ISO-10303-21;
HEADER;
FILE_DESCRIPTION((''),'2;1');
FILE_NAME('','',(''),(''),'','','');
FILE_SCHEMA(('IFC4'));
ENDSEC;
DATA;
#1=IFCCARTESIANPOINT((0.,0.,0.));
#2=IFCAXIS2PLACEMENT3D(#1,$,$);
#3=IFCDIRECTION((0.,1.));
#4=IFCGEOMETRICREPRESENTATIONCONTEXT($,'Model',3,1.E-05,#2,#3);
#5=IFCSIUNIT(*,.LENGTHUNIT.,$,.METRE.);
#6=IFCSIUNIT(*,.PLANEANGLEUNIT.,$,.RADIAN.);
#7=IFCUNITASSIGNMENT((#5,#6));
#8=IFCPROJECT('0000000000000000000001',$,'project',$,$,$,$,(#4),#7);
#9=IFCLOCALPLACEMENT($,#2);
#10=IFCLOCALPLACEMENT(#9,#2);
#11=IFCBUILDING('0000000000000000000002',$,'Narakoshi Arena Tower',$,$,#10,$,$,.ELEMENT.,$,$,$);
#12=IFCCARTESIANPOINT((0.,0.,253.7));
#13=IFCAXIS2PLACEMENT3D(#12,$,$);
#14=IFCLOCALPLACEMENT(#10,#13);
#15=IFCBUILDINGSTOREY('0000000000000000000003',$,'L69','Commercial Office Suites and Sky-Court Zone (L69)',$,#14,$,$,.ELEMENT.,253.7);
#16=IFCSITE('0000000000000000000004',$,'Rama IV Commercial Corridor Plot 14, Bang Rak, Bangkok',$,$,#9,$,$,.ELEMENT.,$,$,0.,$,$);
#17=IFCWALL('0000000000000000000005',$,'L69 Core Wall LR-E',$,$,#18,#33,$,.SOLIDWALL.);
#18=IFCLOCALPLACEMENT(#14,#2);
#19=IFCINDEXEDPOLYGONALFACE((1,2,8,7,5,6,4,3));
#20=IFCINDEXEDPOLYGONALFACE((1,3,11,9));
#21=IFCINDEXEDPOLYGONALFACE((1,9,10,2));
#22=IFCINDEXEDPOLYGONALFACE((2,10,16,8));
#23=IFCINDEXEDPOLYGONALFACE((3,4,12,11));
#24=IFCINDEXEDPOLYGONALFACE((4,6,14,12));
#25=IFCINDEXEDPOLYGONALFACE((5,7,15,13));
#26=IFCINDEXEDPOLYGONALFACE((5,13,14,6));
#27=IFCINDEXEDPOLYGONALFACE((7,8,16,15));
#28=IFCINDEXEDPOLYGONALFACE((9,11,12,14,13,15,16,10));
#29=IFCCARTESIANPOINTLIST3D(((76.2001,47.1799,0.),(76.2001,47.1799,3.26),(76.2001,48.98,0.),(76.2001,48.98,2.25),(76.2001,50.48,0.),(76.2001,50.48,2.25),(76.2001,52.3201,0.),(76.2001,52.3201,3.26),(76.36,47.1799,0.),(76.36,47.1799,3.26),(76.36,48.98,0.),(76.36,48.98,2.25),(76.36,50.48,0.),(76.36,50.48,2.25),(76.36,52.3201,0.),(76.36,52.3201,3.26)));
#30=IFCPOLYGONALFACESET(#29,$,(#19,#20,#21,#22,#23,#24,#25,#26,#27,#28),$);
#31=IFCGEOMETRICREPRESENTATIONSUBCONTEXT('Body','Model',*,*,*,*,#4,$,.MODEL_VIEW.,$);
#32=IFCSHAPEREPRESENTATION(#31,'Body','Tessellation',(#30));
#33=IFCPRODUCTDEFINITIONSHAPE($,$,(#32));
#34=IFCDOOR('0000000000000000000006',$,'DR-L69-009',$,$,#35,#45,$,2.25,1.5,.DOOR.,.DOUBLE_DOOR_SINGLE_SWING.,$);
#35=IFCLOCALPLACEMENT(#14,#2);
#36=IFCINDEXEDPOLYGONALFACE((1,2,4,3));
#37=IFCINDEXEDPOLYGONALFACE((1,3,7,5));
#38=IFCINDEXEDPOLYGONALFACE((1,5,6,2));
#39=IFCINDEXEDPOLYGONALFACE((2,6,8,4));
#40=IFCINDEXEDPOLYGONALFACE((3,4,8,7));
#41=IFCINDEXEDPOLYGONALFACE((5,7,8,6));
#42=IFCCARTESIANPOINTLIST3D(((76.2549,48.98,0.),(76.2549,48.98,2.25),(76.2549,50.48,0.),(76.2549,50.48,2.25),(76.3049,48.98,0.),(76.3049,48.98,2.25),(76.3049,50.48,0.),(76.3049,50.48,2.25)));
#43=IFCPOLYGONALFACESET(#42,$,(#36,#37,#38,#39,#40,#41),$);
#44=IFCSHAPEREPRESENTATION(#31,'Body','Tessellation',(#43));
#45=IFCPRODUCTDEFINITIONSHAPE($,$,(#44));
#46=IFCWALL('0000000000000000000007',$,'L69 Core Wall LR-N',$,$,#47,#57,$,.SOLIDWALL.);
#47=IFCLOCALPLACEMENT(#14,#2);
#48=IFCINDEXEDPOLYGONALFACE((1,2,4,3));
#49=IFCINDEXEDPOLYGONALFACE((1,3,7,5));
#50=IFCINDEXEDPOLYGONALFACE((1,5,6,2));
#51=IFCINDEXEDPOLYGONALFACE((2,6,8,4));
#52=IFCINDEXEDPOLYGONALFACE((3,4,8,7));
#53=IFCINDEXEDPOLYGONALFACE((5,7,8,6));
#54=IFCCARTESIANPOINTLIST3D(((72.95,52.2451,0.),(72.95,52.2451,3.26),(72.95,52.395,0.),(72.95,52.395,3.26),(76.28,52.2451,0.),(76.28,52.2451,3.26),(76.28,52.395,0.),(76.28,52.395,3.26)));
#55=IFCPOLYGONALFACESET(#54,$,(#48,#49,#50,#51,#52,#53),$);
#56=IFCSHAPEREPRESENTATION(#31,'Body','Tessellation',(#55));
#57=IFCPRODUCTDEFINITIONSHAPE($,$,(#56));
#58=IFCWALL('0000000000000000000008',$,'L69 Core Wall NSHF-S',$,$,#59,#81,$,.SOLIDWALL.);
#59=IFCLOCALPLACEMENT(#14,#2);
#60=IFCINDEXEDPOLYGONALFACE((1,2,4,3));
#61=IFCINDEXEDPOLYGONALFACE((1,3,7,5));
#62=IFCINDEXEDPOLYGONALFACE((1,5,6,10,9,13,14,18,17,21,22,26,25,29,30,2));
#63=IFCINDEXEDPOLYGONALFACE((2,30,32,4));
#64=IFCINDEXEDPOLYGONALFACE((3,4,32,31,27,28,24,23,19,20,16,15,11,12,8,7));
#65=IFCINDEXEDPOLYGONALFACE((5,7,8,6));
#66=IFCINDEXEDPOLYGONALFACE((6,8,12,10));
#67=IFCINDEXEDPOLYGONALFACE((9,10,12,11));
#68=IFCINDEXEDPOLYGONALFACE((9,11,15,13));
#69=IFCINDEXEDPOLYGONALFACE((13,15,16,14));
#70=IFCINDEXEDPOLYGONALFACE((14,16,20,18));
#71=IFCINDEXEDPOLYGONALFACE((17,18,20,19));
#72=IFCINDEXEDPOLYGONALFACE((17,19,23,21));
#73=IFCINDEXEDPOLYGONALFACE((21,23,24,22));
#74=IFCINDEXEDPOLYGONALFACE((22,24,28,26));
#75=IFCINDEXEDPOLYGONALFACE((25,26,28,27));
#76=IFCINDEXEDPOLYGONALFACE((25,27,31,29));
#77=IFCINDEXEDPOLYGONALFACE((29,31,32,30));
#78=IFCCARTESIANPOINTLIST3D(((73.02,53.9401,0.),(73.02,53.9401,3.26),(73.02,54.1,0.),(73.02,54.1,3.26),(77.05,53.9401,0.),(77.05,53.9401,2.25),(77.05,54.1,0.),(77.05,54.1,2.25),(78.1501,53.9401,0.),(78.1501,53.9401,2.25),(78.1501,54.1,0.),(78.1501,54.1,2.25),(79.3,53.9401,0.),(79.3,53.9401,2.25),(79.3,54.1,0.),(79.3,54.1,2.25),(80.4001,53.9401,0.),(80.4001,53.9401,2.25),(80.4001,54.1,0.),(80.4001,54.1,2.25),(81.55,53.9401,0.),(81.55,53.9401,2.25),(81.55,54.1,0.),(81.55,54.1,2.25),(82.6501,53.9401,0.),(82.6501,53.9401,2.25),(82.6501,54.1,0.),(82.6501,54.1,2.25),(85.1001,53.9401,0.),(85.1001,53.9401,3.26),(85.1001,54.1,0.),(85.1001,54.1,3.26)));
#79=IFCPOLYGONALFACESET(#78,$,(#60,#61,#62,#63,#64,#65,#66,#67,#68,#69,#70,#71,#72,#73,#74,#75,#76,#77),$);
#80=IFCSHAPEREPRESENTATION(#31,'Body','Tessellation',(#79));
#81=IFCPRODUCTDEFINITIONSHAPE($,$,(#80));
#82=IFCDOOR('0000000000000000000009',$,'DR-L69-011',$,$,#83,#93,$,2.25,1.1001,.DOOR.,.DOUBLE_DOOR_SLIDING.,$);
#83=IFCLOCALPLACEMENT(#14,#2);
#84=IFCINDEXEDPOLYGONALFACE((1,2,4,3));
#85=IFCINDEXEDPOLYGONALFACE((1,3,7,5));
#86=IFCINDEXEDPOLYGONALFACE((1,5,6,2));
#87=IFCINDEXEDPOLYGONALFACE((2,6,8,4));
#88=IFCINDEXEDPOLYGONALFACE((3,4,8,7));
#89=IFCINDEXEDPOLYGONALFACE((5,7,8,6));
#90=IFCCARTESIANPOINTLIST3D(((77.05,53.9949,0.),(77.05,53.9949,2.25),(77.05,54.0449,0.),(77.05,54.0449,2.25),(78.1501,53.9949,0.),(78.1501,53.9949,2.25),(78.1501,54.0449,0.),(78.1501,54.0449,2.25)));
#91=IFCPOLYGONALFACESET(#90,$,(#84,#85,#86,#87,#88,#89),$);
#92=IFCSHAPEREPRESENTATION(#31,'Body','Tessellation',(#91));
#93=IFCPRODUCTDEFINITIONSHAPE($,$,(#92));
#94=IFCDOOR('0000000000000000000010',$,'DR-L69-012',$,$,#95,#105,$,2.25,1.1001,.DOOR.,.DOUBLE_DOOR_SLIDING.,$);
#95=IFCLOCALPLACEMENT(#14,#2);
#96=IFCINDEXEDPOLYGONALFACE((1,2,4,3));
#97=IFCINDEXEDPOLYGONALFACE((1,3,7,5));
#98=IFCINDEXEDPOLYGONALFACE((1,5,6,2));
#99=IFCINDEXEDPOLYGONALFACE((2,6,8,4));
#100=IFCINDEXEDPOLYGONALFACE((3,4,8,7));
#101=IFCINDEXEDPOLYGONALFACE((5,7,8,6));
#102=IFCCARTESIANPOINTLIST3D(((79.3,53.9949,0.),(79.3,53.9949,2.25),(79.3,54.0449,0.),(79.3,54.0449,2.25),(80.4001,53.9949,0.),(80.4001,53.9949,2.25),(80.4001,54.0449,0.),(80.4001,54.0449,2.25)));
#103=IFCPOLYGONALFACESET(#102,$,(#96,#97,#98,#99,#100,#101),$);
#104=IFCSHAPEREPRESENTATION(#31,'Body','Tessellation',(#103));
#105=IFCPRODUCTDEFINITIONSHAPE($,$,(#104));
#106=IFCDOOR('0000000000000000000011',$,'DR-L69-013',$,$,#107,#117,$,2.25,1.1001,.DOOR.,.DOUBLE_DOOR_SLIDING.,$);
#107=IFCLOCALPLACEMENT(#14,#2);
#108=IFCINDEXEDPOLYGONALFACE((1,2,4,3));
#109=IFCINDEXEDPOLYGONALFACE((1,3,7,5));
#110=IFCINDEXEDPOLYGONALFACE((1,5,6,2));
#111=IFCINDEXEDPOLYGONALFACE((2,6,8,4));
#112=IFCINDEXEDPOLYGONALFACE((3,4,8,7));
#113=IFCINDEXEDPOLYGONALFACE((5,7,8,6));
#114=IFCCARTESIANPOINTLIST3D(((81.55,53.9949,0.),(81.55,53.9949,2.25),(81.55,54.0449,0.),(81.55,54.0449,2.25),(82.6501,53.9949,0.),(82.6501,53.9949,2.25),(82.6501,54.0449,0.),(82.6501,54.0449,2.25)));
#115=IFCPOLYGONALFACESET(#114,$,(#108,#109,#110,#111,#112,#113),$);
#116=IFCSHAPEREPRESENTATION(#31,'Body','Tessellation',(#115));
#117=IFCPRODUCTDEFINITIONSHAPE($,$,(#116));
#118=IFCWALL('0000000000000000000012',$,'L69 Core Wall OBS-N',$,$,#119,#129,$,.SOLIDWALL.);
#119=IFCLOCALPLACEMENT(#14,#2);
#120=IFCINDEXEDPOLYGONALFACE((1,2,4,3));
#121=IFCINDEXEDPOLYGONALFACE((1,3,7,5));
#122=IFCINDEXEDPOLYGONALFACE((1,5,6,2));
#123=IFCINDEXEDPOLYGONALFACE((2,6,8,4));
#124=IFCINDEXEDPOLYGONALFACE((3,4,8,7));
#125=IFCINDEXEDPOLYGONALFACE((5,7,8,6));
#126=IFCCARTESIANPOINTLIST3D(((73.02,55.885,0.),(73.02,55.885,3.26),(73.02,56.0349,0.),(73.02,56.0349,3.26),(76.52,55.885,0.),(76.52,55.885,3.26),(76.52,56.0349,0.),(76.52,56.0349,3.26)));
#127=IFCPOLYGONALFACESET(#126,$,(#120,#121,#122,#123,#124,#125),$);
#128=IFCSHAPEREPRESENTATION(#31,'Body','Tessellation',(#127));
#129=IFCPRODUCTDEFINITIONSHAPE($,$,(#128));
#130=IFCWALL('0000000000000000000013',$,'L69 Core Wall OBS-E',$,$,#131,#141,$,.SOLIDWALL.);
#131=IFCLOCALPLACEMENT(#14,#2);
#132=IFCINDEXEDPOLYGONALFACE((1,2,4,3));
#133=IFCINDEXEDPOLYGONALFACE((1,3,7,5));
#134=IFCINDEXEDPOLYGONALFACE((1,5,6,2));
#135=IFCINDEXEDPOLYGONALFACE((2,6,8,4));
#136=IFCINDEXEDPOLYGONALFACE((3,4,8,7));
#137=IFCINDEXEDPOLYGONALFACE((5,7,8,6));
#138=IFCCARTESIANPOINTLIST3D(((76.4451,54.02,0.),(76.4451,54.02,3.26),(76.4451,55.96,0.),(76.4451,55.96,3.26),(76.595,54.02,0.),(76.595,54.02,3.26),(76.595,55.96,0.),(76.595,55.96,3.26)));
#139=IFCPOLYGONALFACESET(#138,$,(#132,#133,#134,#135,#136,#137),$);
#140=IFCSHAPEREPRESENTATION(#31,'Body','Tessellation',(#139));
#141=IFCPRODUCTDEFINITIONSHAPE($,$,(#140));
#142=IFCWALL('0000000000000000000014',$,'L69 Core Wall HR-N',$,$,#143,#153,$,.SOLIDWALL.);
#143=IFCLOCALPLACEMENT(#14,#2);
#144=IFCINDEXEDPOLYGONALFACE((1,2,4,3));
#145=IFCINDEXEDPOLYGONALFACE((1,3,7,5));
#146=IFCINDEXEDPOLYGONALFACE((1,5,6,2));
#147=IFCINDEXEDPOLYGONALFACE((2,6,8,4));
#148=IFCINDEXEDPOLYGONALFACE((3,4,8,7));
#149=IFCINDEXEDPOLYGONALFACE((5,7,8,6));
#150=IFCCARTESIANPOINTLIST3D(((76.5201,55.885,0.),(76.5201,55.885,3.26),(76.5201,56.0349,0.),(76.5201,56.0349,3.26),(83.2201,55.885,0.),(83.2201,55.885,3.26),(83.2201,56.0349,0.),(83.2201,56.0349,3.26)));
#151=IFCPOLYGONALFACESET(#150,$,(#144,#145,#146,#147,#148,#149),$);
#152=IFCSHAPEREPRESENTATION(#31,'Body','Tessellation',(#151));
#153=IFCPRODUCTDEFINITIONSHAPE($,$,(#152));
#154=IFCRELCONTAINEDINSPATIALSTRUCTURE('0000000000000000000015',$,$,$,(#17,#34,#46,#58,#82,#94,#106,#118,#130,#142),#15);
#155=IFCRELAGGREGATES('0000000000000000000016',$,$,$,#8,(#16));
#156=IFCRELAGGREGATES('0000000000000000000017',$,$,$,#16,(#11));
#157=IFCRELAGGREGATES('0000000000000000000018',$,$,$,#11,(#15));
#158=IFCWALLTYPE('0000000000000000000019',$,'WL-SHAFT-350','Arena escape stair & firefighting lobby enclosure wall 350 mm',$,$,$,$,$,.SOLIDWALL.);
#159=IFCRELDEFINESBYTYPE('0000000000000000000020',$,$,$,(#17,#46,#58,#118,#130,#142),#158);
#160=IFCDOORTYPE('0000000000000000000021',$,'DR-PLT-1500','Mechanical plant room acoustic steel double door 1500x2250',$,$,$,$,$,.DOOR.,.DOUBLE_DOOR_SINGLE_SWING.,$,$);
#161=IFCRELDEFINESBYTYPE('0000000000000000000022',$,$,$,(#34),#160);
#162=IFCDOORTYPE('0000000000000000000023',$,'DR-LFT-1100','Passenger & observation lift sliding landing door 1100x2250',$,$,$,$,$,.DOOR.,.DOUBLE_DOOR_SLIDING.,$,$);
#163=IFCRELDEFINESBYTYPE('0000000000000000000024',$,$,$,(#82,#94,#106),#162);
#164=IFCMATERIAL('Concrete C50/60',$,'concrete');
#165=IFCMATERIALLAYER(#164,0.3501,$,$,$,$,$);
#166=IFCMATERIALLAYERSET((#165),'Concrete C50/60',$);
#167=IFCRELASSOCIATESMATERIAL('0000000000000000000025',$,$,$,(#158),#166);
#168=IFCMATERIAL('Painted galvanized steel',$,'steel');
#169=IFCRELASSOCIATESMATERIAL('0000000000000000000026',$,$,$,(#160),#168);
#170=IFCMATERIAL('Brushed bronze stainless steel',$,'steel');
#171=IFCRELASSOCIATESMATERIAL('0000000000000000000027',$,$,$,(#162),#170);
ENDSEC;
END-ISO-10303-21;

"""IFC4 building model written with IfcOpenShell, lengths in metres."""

from ifc_helpers import new_model, si_unit, direction, frame, frame_2d, origin, place, context, subcontext, project, spatial, rectangle, extrude, material, layer, layer_set, type_object, element, fill, save


model = new_model("IFC4")

# Units and contexts
model_context = context("Model", 3, precision=1e-05, world=origin(), true_north=direction((0.0, 1.0)))
body_context = subcontext(model_context, "Body", "Model", "MODEL_VIEW")
ifc_project = project(units=[si_unit("LENGTHUNIT", "METRE"), si_unit("PLANEANGLEUNIT", "RADIAN")], contexts=[model_context])

# Site, building, storey
site_placement = place(None, origin())
site = spatial("IfcSite", under=ifc_project, at=site_placement, Name="Rama IV Commercial Corridor Plot 14, Bang Rak, Bangkok", CompositionType="ELEMENT", RefElevation=0.0)
building_placement = place(site_placement, origin())
building = spatial("IfcBuilding", under=site, at=building_placement, Name="Narakoshi Arena Tower", CompositionType="ELEMENT")
storey_placement = place(building_placement, frame((0.0, 0.0, 253.7)))
storey = spatial("IfcBuildingStorey", under=building, at=storey_placement, Name="L69", Description="Commercial Office Suites and Sky-Court Zone (L69)", CompositionType="ELEMENT", Elevation=253.7)

# Shared definitions
ifc_material_1 = material(Name="Concrete C50/60", Category="concrete")

# Shared definitions
ifc_layer_1 = layer(ifc_material_1, 0.3501)
ifc_layer_set_1 = layer_set([ifc_layer_1], Name="Concrete C50/60")
wall_type_1 = type_object("IfcWallType", Name="WL-SHAFT-350", Description="Arena escape stair & firefighting lobby enclosure wall 350 mm", PredefinedType="SOLIDWALL", material=ifc_layer_set_1)

# Wall, opening, door
wall_1_placement = place(storey_placement, frame((76.28, 47.1799, 0.0), z_axis=(0.0, 0.0, 1.0), x_axis=(0.0, 1.0, 0.0)))
wall_1 = element("IfcWall", 1, at=wall_1_placement, inside=storey, type_object=wall_type_1, Name="L69 Core Wall LR-E", PredefinedType="SOLIDWALL", context=body_context, shape_type="SweptSolid", body=[
    extrude(rectangle(XDim=5.1401, YDim=0.1599, at=frame_2d((2.5701, 0.0))), origin(), (0.0, 0.0, 1.0), 3.26),
])
opening_1_placement = place(wall_1_placement, frame((1.8, 0.0, 0.0)))
opening_1 = element("IfcOpeningElement", 2, at=opening_1_placement, cuts=wall_1, PredefinedType="OPENING", context=body_context, shape_type="SweptSolid", body=[
    extrude(rectangle(XDim=1.5, YDim=2.25, at=frame_2d((0.75, 1.125))), frame((0.0, 0.0898, 0.0), z_axis=(0.0, -1.0, 0.0), x_axis=(1.0, 0.0, 0.0)), (0.0, 0.0, 1.0), 0.1799),
])
ifc_material_2 = material(Name="Painted galvanized steel", Category="steel")
door_type_1 = type_object("IfcDoorType", Name="DR-PLT-1500", Description="Mechanical plant room acoustic steel double door 1500x2250", OperationType="DOUBLE_DOOR_SINGLE_SWING", PredefinedType="DOOR", material=ifc_material_2)
door_1_placement = place(opening_1_placement, frame((1.5, 0.0, 0.0), z_axis=(0.0, 0.0, 1.0), x_axis=(-1.0, 0.0, 0.0)))
door_1 = element("IfcDoor", 3, at=door_1_placement, inside=storey, type_object=door_type_1, Name="DR-L69-009", OperationType="DOUBLE_DOOR_SINGLE_SWING", OverallHeight=2.25, OverallWidth=1.5, PredefinedType="DOOR", context=body_context, shape_type="SweptSolid", body=[
    extrude(rectangle(XDim=1.5, YDim=2.25, at=frame_2d((0.75, 1.125))), frame((0.0, 0.0249, 0.0), z_axis=(0.0, -1.0, 0.0), x_axis=(1.0, 0.0, 0.0)), (0.0, 0.0, 1.0), 0.05),
])
fill(opening_1, door_1)

# Wall
wall_2_placement = place(storey_placement, frame((72.95, 52.3201, 0.0), z_axis=(0.0, 0.0, 1.0), x_axis=(1.0, 0.0, 0.0)))
element("IfcWall", 4, at=wall_2_placement, inside=storey, type_object=wall_type_1, Name="L69 Core Wall LR-N", PredefinedType="SOLIDWALL", context=body_context, shape_type="SweptSolid", body=[
    extrude(rectangle(XDim=3.3301, YDim=0.1499, at=frame_2d((1.665, 0.0))), origin(), (0.0, 0.0, 1.0), 3.26),
])

# Wall, openings, doors
wall_3_placement = place(storey_placement, frame((73.02, 54.02, 0.0), z_axis=(0.0, 0.0, 1.0), x_axis=(1.0, 0.0, 0.0)))
wall_3 = element("IfcWall", 5, at=wall_3_placement, inside=storey, type_object=wall_type_1, Name="L69 Core Wall NSHF-S", PredefinedType="SOLIDWALL", context=body_context, shape_type="SweptSolid", body=[
    extrude(rectangle(XDim=12.0801, YDim=0.1599, at=frame_2d((6.04, 0.0))), origin(), (0.0, 0.0, 1.0), 3.26),
])
opening_2_placement = place(wall_3_placement, frame((4.03, 0.0, 0.0)))
opening_2 = element("IfcOpeningElement", 6, at=opening_2_placement, cuts=wall_3, PredefinedType="OPENING", context=body_context, shape_type="SweptSolid", body=[
    extrude(rectangle(XDim=1.1001, YDim=2.25, at=frame_2d((0.55, 1.125))), frame((0.0, 0.0898, 0.0), z_axis=(0.0, -1.0, 0.0), x_axis=(1.0, 0.0, 0.0)), (0.0, 0.0, 1.0), 0.1799),
])
opening_3_placement = place(wall_3_placement, frame((6.28, 0.0, 0.0)))
opening_3 = element("IfcOpeningElement", 7, at=opening_3_placement, cuts=wall_3, PredefinedType="OPENING", context=body_context, shape_type="SweptSolid", body=[
    extrude(rectangle(XDim=1.1001, YDim=2.25, at=frame_2d((0.55, 1.125))), frame((0.0, 0.0898, 0.0), z_axis=(0.0, -1.0, 0.0), x_axis=(1.0, 0.0, 0.0)), (0.0, 0.0, 1.0), 0.1799),
])
opening_4_placement = place(wall_3_placement, frame((8.53, 0.0, 0.0)))
opening_4 = element("IfcOpeningElement", 8, at=opening_4_placement, cuts=wall_3, PredefinedType="OPENING", context=body_context, shape_type="SweptSolid", body=[
    extrude(rectangle(XDim=1.1001, YDim=2.25, at=frame_2d((0.55, 1.125))), frame((0.0, 0.0898, 0.0), z_axis=(0.0, -1.0, 0.0), x_axis=(1.0, 0.0, 0.0)), (0.0, 0.0, 1.0), 0.1799),
])
ifc_material_3 = material(Name="Brushed bronze stainless steel", Category="steel")
door_type_2 = type_object("IfcDoorType", Name="DR-LFT-1100", Description="Passenger & observation lift sliding landing door 1100x2250", OperationType="DOUBLE_DOOR_SLIDING", PredefinedType="DOOR", material=ifc_material_3)
door_2_placement = place(opening_2_placement, origin())
door_2 = element("IfcDoor", 9, at=door_2_placement, inside=storey, type_object=door_type_2, Name="DR-L69-011", OperationType="DOUBLE_DOOR_SLIDING", OverallHeight=2.25, OverallWidth=1.1001, PredefinedType="DOOR", context=body_context, shape_type="SweptSolid", body=[
    extrude(rectangle(XDim=1.1001, YDim=2.25, at=frame_2d((0.55, 1.125))), frame((0.0, 0.0249, 0.0), z_axis=(0.0, -1.0, 0.0), x_axis=(1.0, 0.0, 0.0)), (0.0, 0.0, 1.0), 0.05),
])
fill(opening_2, door_2)
door_3_placement = place(opening_3_placement, origin())
door_3 = element("IfcDoor", 10, at=door_3_placement, inside=storey, type_object=door_type_2, Name="DR-L69-012", OperationType="DOUBLE_DOOR_SLIDING", OverallHeight=2.25, OverallWidth=1.1001, PredefinedType="DOOR", context=body_context, shape_type="SweptSolid", body=[
    extrude(rectangle(XDim=1.1001, YDim=2.25, at=frame_2d((0.55, 1.125))), frame((0.0, 0.0249, 0.0), z_axis=(0.0, -1.0, 0.0), x_axis=(1.0, 0.0, 0.0)), (0.0, 0.0, 1.0), 0.05),
])
fill(opening_3, door_3)
door_4_placement = place(opening_4_placement, origin())
door_4 = element("IfcDoor", 11, at=door_4_placement, inside=storey, type_object=door_type_2, Name="DR-L69-013", OperationType="DOUBLE_DOOR_SLIDING", OverallHeight=2.25, OverallWidth=1.1001, PredefinedType="DOOR", context=body_context, shape_type="SweptSolid", body=[
    extrude(rectangle(XDim=1.1001, YDim=2.25, at=frame_2d((0.55, 1.125))), frame((0.0, 0.0249, 0.0), z_axis=(0.0, -1.0, 0.0), x_axis=(1.0, 0.0, 0.0)), (0.0, 0.0, 1.0), 0.05),
])
fill(opening_4, door_4)

# Walls
wall_4_placement = place(storey_placement, frame((73.02, 55.96, 0.0), z_axis=(0.0, 0.0, 1.0), x_axis=(1.0, 0.0, 0.0)))
element("IfcWall", 12, at=wall_4_placement, inside=storey, type_object=wall_type_1, Name="L69 Core Wall OBS-N", PredefinedType="SOLIDWALL", context=body_context, shape_type="SweptSolid", body=[
    extrude(rectangle(XDim=3.5, YDim=0.1499, at=frame_2d((1.75, 0.0))), origin(), (0.0, 0.0, 1.0), 3.26),
])
wall_5_placement = place(storey_placement, frame((76.52, 54.02, 0.0), z_axis=(0.0, 0.0, 1.0), x_axis=(0.0, 1.0, 0.0)))
element("IfcWall", 13, at=wall_5_placement, inside=storey, type_object=wall_type_1, Name="L69 Core Wall OBS-E", PredefinedType="SOLIDWALL", context=body_context, shape_type="SweptSolid", body=[
    extrude(rectangle(XDim=1.9399, YDim=0.1499, at=frame_2d((0.97, 0.0))), origin(), (0.0, 0.0, 1.0), 3.26),
])
wall_6_placement = place(storey_placement, frame((76.52, 55.96, 0.0), z_axis=(0.0, 0.0, 1.0), x_axis=(1.0, 0.0, 0.0)))
element("IfcWall", 14, at=wall_6_placement, inside=storey, type_object=wall_type_1, Name="L69 Core Wall HR-N", PredefinedType="SOLIDWALL", context=body_context, shape_type="SweptSolid", body=[
    extrude(rectangle(XDim=6.7, YDim=0.1499, at=frame_2d((3.3501, 0.0))), origin(), (0.0, 0.0, 1.0), 3.26),
])

save(model, "model.ifc")
